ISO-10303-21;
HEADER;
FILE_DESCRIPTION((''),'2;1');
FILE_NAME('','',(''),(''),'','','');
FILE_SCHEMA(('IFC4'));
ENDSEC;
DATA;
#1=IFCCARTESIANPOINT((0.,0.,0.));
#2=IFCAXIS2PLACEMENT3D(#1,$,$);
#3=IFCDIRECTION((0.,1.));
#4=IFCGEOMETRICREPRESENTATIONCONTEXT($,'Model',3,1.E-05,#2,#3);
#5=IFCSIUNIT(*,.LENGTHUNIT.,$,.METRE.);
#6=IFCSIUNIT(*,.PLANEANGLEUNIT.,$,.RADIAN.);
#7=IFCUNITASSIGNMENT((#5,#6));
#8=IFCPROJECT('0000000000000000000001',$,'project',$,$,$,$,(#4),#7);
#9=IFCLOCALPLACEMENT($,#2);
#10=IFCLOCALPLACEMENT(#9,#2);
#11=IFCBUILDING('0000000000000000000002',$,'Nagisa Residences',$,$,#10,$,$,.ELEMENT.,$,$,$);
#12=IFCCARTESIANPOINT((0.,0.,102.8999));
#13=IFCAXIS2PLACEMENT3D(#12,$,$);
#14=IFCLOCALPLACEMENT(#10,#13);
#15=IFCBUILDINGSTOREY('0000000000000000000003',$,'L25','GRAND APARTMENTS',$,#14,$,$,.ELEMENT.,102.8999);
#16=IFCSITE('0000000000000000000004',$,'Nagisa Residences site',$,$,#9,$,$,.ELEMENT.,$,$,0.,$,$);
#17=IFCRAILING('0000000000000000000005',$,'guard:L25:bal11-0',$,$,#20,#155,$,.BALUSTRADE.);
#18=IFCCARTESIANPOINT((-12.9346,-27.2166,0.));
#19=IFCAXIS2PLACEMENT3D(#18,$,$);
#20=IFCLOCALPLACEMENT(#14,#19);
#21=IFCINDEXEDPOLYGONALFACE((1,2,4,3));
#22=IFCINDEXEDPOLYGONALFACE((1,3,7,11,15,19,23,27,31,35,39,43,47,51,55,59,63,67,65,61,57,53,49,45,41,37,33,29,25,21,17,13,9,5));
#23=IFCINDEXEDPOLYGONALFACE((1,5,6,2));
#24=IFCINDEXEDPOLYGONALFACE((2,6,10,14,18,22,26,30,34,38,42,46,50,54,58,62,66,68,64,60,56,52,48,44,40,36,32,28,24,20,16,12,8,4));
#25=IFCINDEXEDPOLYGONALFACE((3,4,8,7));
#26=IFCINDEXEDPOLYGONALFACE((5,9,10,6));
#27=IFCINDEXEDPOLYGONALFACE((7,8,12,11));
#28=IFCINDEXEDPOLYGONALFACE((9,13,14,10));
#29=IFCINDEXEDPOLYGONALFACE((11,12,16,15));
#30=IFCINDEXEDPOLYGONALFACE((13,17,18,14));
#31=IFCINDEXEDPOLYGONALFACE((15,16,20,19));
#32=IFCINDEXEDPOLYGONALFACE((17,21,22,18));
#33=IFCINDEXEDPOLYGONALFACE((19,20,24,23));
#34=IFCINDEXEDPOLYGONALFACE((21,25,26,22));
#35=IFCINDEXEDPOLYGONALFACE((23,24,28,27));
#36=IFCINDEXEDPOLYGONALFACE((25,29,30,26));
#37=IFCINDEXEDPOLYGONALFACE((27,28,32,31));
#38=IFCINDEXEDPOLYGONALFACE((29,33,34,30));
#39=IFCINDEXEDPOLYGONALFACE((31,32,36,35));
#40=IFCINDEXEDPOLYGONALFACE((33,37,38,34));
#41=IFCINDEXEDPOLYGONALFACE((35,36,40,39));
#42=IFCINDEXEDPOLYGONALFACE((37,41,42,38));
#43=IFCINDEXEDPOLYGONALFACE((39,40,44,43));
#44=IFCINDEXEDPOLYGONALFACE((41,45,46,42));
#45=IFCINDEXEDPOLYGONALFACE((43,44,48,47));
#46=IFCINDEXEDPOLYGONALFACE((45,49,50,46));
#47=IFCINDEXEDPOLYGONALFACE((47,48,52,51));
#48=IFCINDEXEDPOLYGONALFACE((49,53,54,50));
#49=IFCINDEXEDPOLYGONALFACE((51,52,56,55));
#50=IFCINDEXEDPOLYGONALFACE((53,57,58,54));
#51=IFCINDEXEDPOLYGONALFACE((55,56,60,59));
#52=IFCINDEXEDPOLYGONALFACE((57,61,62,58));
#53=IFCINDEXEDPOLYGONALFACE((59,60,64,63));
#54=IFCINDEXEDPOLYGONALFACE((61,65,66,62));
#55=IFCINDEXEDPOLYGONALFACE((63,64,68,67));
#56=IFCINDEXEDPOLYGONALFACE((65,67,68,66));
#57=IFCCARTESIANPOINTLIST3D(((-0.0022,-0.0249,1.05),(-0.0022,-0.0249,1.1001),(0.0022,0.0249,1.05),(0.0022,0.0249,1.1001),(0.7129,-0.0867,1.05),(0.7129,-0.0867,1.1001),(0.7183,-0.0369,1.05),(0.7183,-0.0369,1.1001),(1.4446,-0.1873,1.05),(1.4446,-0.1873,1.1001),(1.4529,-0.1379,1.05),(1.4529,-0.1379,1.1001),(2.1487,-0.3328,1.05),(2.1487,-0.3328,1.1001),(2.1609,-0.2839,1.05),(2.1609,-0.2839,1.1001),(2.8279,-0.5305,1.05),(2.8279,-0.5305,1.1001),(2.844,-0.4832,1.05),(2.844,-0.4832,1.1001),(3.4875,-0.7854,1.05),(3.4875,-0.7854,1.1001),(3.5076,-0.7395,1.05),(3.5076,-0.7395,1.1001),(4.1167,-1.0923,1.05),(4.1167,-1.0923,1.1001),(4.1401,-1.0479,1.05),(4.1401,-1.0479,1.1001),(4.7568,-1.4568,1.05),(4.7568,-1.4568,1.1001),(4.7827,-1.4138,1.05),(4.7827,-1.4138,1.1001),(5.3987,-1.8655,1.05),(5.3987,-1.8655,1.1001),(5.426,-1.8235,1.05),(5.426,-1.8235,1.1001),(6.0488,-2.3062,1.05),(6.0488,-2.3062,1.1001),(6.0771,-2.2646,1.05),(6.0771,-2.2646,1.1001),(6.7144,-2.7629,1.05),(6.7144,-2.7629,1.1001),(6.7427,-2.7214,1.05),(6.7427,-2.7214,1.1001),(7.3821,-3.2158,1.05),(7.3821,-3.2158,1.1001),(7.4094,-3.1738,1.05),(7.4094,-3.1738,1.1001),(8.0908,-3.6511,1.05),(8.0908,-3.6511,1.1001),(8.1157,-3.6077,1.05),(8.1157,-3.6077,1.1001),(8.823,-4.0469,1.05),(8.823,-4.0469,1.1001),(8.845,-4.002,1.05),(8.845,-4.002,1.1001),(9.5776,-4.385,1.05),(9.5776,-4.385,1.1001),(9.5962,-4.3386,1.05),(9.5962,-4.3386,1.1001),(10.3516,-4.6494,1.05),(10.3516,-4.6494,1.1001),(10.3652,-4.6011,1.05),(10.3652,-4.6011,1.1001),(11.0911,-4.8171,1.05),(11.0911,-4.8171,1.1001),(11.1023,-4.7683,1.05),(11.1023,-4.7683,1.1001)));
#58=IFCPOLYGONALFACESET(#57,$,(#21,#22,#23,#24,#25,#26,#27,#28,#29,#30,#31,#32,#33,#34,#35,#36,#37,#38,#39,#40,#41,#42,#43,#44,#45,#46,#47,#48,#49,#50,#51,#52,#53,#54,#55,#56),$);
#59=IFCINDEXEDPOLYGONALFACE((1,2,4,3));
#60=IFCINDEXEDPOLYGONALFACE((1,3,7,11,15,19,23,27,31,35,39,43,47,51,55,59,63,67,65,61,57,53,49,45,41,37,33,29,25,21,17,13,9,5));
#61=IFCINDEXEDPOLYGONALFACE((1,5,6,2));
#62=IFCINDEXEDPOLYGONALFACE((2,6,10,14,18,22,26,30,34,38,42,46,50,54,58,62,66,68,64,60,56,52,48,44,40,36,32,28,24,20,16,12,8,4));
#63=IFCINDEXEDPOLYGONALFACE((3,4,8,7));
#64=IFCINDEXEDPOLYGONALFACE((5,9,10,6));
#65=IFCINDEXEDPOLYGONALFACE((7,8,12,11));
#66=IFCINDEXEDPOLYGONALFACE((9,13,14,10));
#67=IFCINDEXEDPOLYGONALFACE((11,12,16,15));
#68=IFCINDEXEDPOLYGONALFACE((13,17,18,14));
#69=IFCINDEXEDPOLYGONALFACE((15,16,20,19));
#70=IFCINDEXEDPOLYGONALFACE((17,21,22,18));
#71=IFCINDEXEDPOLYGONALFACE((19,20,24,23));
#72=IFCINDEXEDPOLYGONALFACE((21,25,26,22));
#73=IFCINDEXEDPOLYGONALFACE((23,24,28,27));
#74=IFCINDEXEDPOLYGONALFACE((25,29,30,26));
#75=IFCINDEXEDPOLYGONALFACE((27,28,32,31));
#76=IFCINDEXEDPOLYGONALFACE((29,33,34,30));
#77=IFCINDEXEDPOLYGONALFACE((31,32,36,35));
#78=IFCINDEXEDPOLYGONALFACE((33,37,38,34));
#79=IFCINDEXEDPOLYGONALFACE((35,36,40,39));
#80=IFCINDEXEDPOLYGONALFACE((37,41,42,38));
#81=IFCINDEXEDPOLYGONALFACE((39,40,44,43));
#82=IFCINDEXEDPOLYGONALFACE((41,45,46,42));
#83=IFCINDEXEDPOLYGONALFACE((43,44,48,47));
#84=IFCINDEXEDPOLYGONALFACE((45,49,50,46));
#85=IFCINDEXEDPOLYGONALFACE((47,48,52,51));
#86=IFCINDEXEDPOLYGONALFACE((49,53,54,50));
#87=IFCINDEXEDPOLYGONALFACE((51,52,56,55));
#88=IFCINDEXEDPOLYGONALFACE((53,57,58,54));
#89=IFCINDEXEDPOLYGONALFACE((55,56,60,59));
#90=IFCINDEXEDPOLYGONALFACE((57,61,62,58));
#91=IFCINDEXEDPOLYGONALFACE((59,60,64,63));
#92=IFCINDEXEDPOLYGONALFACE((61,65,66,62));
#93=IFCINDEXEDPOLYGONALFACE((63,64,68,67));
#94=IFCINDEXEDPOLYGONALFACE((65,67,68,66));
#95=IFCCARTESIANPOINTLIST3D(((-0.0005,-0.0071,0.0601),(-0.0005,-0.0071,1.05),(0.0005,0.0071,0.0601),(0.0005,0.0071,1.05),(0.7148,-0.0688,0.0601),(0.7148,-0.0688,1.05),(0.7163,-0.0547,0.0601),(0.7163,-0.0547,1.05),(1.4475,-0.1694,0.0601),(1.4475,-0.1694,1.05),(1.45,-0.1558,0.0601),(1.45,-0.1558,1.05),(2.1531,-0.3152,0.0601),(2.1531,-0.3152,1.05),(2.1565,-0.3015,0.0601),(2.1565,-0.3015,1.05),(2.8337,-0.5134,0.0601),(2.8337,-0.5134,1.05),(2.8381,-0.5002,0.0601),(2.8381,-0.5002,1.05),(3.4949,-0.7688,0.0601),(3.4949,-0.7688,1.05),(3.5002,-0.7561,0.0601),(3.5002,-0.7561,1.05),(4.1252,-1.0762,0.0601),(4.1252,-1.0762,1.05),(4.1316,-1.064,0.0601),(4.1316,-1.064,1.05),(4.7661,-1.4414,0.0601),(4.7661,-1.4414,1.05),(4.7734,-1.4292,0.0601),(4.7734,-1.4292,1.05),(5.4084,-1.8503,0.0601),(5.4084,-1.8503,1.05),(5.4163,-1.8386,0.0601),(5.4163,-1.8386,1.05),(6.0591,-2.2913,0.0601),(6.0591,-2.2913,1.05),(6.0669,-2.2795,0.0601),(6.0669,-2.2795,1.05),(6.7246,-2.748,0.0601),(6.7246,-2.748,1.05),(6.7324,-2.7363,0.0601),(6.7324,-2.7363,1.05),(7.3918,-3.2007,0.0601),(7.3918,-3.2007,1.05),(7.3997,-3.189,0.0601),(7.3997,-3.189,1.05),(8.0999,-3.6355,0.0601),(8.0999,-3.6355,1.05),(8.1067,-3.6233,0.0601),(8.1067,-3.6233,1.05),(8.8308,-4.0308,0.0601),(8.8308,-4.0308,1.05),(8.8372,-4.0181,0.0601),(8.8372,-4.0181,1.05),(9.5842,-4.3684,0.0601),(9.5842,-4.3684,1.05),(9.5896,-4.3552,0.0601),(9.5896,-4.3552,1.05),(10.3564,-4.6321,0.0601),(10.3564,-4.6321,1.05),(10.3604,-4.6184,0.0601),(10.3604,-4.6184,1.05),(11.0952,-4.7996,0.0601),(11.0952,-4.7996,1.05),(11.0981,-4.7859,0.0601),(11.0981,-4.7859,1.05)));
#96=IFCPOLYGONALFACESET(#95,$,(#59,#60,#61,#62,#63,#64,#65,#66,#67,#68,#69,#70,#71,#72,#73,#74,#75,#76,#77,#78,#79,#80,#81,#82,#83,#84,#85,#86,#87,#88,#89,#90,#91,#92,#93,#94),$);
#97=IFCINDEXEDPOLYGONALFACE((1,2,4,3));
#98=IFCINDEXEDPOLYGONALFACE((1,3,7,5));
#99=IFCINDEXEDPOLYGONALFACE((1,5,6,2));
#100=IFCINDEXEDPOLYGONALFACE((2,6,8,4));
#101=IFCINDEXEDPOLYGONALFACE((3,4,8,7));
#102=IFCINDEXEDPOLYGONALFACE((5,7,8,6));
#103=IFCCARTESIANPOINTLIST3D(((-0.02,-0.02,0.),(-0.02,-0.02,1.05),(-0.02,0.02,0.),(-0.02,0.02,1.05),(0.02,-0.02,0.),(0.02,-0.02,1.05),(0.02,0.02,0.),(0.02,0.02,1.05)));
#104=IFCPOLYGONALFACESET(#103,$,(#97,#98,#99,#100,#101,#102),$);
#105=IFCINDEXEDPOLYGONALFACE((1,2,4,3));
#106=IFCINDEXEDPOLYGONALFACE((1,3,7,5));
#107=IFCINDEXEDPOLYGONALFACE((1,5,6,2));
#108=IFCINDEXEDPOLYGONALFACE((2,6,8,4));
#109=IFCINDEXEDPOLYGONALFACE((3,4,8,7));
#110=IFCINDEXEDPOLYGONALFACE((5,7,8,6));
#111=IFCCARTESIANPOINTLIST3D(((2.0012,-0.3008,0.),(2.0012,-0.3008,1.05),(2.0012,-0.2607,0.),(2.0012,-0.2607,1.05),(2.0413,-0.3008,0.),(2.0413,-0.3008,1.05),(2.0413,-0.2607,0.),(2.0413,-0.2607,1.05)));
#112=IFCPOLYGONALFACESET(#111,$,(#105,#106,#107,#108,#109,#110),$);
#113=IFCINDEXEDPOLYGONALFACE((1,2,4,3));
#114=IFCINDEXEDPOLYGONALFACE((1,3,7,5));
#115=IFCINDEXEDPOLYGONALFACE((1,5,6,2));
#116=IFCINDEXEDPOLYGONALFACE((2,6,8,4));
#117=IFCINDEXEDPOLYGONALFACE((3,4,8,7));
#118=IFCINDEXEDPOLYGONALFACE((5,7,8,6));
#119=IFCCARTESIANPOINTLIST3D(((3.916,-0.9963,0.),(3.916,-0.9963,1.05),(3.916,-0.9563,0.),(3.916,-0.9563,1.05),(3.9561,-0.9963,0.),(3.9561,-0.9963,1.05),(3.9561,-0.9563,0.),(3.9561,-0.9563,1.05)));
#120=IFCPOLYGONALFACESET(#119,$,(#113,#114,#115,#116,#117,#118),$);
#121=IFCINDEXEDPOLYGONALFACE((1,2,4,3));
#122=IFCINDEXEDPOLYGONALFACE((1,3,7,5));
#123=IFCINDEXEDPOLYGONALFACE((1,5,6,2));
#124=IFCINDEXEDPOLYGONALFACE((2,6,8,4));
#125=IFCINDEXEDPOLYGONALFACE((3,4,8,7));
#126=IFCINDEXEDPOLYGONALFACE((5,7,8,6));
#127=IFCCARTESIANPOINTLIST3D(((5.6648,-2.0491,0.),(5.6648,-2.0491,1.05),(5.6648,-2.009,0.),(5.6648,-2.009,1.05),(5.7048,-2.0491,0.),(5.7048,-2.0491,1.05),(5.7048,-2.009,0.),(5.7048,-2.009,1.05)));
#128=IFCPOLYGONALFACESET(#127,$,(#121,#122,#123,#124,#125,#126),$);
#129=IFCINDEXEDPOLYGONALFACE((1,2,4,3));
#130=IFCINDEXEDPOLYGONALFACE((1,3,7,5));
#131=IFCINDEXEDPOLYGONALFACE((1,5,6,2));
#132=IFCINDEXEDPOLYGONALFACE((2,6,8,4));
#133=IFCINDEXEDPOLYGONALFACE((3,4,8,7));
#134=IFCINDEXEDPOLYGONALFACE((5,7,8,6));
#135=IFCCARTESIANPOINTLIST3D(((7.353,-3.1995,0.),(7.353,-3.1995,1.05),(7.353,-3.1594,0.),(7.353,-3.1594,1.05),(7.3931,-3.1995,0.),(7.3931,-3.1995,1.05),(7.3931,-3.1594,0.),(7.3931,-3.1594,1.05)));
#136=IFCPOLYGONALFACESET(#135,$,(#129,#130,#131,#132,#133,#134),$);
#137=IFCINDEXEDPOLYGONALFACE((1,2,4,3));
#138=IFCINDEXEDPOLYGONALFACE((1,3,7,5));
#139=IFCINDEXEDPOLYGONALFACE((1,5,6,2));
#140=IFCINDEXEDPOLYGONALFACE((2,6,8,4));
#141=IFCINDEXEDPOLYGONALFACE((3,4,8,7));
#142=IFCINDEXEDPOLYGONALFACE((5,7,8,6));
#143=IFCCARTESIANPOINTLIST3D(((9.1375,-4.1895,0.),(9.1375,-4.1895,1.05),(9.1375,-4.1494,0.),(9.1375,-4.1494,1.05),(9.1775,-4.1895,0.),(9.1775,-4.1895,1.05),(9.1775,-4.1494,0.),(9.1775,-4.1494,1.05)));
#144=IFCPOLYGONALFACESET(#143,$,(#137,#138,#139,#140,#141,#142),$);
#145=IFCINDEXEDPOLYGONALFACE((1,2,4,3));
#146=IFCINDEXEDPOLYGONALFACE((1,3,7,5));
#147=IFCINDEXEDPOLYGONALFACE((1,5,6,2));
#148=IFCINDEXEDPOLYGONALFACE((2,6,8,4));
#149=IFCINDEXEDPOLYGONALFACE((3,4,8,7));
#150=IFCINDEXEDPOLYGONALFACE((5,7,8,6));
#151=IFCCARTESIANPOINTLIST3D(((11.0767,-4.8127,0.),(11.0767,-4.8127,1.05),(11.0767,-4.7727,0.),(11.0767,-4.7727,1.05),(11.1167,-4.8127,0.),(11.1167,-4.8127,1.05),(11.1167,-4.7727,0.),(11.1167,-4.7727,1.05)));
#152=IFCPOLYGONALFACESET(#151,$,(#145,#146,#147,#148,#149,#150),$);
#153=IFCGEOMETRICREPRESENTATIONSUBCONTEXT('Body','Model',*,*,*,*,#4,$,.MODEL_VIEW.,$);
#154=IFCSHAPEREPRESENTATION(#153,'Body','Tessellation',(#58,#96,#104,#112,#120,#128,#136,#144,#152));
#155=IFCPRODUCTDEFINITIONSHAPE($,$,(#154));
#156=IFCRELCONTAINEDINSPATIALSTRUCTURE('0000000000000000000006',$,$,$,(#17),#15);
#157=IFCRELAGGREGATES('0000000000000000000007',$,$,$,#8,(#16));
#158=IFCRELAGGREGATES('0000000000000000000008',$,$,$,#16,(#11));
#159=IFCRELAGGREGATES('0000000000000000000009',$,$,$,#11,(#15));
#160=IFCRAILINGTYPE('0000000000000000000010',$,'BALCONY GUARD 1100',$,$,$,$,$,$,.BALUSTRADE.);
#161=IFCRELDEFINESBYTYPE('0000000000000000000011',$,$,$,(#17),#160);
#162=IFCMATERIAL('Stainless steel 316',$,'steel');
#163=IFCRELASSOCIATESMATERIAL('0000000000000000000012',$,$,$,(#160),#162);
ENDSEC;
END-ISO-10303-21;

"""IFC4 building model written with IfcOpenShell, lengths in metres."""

from ifc_helpers import new_model, si_unit, direction, frame, origin, origin_2d, place, context, subcontext, project, spatial, polyline, rectangle, outline, extrude, material, type_object, element, save


model = new_model("IFC4")

# Units and contexts
model_context = context("Model", 3, precision=1e-05, world=origin(), true_north=direction((0.0, 1.0)))
body_context = subcontext(model_context, "Body", "Model", "MODEL_VIEW")
ifc_project = project(units=[si_unit("LENGTHUNIT", "METRE"), si_unit("PLANEANGLEUNIT", "RADIAN")], contexts=[model_context])

# Site, building, storey
site_placement = place(None, origin())
site = spatial("IfcSite", under=ifc_project, at=site_placement, Name="Nagisa Residences site", CompositionType="ELEMENT", RefElevation=0.0)
building_placement = place(site_placement, origin())
building = spatial("IfcBuilding", under=site, at=building_placement, Name="Nagisa Residences", CompositionType="ELEMENT")
storey_placement = place(building_placement, frame((0.0, 0.0, 102.8999)))
storey = spatial("IfcBuildingStorey", under=building, at=storey_placement, Name="L25", Description="GRAND APARTMENTS", CompositionType="ELEMENT", Elevation=102.8999)

# Railing
ifc_material_1 = material(Name="Stainless steel 316", Category="steel")
railing_type = type_object("IfcRailingType", Name="BALCONY GUARD 1100", PredefinedType="BALUSTRADE", material=ifc_material_1)
railing_1_placement = place(storey_placement, frame((-12.9346, -27.2166, 0.0)))
element("IfcRailing", 1, at=railing_1_placement, inside=storey, type_object=railing_type, Name="guard:L25:bal11-0", PredefinedType="BALUSTRADE", context=body_context, shape_type="SweptSolid", body=[
    extrude(outline(polyline([(0.7183, -0.0369), (0.0022, 0.0249), (-0.0022, -0.0249), (0.7129, -0.0867), (1.4446, -0.1873), (2.1487, -0.3328), (2.8279, -0.5305), (3.4875, -0.7854), (4.1167, -1.0923), (4.7568, -1.4568), (5.3987, -1.8655), (6.0488, -2.3062), (6.7144, -2.7629), (7.3821, -3.2158), (8.0908, -3.6511), (8.823, -4.0469), (9.5776, -4.385), (10.3516, -4.6494), (11.0911, -4.8171), (11.1023, -4.7683), (10.3652, -4.6011), (9.5962, -4.3386), (8.845, -4.002), (8.1157, -3.6077), (7.4094, -3.1738), (6.7427, -2.7214), (6.0771, -2.2646), (5.426, -1.8235), (4.7827, -1.4138), (4.1401, -1.0479), (3.5076, -0.7395), (2.844, -0.4832), (2.1609, -0.2839), (1.4529, -0.1379), (0.7183, -0.0369)])), frame((0.0, 0.0, 1.05)), (0.0, 0.0, 1.0), 0.05),
    extrude(outline(polyline([(0.7163, -0.0547), (0.0005, 0.0071), (-0.0005, -0.0071), (0.7148, -0.0688), (1.4475, -0.1694), (2.1531, -0.3152), (2.8337, -0.5134), (3.4949, -0.7688), (4.1252, -1.0762), (4.7661, -1.4414), (5.4084, -1.8503), (6.0591, -2.2913), (6.7246, -2.748), (7.3918, -3.2007), (8.0999, -3.6355), (8.8308, -4.0308), (9.5842, -4.3684), (10.3564, -4.6321), (11.0952, -4.7996), (11.0981, -4.7859), (10.3604, -4.6184), (9.5896, -4.3552), (8.8372, -4.0181), (8.1067, -3.6233), (7.3997, -3.189), (6.7324, -2.7363), (6.0669, -2.2795), (5.4163, -1.8386), (4.7734, -1.4292), (4.1316, -1.064), (3.5002, -0.7561), (2.8381, -0.5002), (2.1565, -0.3015), (1.45, -0.1558), (0.7163, -0.0547)])), frame((0.0, 0.0, 0.0601)), (0.0, 0.0, 1.0), 0.99),
    extrude(rectangle(XDim=0.04, YDim=0.04, at=origin_2d()), origin(), (0.0, 0.0, 1.0), 1.05),
    extrude(rectangle(XDim=0.04, YDim=0.04, at=origin_2d()), frame((2.0212, -0.2808, 0.0)), (0.0, 0.0, 1.0), 1.05),
    extrude(rectangle(XDim=0.04, YDim=0.04, at=origin_2d()), frame((3.936, -0.9763, 0.0)), (0.0, 0.0, 1.0), 1.05),
    extrude(rectangle(XDim=0.04, YDim=0.04, at=origin_2d()), frame((5.6848, -2.0291, 0.0)), (0.0, 0.0, 1.0), 1.05),
    extrude(rectangle(XDim=0.04, YDim=0.04, at=origin_2d()), frame((7.373, -3.1794, 0.0)), (0.0, 0.0, 1.0), 1.05),
    extrude(rectangle(XDim=0.04, YDim=0.04, at=origin_2d()), frame((9.1575, -4.1694, 0.0)), (0.0, 0.0, 1.0), 1.05),
    extrude(rectangle(XDim=0.04, YDim=0.04, at=origin_2d()), frame((11.0967, -4.7927, 0.0)), (0.0, 0.0, 1.0), 1.05),
])

save(model, "model.ifc")
